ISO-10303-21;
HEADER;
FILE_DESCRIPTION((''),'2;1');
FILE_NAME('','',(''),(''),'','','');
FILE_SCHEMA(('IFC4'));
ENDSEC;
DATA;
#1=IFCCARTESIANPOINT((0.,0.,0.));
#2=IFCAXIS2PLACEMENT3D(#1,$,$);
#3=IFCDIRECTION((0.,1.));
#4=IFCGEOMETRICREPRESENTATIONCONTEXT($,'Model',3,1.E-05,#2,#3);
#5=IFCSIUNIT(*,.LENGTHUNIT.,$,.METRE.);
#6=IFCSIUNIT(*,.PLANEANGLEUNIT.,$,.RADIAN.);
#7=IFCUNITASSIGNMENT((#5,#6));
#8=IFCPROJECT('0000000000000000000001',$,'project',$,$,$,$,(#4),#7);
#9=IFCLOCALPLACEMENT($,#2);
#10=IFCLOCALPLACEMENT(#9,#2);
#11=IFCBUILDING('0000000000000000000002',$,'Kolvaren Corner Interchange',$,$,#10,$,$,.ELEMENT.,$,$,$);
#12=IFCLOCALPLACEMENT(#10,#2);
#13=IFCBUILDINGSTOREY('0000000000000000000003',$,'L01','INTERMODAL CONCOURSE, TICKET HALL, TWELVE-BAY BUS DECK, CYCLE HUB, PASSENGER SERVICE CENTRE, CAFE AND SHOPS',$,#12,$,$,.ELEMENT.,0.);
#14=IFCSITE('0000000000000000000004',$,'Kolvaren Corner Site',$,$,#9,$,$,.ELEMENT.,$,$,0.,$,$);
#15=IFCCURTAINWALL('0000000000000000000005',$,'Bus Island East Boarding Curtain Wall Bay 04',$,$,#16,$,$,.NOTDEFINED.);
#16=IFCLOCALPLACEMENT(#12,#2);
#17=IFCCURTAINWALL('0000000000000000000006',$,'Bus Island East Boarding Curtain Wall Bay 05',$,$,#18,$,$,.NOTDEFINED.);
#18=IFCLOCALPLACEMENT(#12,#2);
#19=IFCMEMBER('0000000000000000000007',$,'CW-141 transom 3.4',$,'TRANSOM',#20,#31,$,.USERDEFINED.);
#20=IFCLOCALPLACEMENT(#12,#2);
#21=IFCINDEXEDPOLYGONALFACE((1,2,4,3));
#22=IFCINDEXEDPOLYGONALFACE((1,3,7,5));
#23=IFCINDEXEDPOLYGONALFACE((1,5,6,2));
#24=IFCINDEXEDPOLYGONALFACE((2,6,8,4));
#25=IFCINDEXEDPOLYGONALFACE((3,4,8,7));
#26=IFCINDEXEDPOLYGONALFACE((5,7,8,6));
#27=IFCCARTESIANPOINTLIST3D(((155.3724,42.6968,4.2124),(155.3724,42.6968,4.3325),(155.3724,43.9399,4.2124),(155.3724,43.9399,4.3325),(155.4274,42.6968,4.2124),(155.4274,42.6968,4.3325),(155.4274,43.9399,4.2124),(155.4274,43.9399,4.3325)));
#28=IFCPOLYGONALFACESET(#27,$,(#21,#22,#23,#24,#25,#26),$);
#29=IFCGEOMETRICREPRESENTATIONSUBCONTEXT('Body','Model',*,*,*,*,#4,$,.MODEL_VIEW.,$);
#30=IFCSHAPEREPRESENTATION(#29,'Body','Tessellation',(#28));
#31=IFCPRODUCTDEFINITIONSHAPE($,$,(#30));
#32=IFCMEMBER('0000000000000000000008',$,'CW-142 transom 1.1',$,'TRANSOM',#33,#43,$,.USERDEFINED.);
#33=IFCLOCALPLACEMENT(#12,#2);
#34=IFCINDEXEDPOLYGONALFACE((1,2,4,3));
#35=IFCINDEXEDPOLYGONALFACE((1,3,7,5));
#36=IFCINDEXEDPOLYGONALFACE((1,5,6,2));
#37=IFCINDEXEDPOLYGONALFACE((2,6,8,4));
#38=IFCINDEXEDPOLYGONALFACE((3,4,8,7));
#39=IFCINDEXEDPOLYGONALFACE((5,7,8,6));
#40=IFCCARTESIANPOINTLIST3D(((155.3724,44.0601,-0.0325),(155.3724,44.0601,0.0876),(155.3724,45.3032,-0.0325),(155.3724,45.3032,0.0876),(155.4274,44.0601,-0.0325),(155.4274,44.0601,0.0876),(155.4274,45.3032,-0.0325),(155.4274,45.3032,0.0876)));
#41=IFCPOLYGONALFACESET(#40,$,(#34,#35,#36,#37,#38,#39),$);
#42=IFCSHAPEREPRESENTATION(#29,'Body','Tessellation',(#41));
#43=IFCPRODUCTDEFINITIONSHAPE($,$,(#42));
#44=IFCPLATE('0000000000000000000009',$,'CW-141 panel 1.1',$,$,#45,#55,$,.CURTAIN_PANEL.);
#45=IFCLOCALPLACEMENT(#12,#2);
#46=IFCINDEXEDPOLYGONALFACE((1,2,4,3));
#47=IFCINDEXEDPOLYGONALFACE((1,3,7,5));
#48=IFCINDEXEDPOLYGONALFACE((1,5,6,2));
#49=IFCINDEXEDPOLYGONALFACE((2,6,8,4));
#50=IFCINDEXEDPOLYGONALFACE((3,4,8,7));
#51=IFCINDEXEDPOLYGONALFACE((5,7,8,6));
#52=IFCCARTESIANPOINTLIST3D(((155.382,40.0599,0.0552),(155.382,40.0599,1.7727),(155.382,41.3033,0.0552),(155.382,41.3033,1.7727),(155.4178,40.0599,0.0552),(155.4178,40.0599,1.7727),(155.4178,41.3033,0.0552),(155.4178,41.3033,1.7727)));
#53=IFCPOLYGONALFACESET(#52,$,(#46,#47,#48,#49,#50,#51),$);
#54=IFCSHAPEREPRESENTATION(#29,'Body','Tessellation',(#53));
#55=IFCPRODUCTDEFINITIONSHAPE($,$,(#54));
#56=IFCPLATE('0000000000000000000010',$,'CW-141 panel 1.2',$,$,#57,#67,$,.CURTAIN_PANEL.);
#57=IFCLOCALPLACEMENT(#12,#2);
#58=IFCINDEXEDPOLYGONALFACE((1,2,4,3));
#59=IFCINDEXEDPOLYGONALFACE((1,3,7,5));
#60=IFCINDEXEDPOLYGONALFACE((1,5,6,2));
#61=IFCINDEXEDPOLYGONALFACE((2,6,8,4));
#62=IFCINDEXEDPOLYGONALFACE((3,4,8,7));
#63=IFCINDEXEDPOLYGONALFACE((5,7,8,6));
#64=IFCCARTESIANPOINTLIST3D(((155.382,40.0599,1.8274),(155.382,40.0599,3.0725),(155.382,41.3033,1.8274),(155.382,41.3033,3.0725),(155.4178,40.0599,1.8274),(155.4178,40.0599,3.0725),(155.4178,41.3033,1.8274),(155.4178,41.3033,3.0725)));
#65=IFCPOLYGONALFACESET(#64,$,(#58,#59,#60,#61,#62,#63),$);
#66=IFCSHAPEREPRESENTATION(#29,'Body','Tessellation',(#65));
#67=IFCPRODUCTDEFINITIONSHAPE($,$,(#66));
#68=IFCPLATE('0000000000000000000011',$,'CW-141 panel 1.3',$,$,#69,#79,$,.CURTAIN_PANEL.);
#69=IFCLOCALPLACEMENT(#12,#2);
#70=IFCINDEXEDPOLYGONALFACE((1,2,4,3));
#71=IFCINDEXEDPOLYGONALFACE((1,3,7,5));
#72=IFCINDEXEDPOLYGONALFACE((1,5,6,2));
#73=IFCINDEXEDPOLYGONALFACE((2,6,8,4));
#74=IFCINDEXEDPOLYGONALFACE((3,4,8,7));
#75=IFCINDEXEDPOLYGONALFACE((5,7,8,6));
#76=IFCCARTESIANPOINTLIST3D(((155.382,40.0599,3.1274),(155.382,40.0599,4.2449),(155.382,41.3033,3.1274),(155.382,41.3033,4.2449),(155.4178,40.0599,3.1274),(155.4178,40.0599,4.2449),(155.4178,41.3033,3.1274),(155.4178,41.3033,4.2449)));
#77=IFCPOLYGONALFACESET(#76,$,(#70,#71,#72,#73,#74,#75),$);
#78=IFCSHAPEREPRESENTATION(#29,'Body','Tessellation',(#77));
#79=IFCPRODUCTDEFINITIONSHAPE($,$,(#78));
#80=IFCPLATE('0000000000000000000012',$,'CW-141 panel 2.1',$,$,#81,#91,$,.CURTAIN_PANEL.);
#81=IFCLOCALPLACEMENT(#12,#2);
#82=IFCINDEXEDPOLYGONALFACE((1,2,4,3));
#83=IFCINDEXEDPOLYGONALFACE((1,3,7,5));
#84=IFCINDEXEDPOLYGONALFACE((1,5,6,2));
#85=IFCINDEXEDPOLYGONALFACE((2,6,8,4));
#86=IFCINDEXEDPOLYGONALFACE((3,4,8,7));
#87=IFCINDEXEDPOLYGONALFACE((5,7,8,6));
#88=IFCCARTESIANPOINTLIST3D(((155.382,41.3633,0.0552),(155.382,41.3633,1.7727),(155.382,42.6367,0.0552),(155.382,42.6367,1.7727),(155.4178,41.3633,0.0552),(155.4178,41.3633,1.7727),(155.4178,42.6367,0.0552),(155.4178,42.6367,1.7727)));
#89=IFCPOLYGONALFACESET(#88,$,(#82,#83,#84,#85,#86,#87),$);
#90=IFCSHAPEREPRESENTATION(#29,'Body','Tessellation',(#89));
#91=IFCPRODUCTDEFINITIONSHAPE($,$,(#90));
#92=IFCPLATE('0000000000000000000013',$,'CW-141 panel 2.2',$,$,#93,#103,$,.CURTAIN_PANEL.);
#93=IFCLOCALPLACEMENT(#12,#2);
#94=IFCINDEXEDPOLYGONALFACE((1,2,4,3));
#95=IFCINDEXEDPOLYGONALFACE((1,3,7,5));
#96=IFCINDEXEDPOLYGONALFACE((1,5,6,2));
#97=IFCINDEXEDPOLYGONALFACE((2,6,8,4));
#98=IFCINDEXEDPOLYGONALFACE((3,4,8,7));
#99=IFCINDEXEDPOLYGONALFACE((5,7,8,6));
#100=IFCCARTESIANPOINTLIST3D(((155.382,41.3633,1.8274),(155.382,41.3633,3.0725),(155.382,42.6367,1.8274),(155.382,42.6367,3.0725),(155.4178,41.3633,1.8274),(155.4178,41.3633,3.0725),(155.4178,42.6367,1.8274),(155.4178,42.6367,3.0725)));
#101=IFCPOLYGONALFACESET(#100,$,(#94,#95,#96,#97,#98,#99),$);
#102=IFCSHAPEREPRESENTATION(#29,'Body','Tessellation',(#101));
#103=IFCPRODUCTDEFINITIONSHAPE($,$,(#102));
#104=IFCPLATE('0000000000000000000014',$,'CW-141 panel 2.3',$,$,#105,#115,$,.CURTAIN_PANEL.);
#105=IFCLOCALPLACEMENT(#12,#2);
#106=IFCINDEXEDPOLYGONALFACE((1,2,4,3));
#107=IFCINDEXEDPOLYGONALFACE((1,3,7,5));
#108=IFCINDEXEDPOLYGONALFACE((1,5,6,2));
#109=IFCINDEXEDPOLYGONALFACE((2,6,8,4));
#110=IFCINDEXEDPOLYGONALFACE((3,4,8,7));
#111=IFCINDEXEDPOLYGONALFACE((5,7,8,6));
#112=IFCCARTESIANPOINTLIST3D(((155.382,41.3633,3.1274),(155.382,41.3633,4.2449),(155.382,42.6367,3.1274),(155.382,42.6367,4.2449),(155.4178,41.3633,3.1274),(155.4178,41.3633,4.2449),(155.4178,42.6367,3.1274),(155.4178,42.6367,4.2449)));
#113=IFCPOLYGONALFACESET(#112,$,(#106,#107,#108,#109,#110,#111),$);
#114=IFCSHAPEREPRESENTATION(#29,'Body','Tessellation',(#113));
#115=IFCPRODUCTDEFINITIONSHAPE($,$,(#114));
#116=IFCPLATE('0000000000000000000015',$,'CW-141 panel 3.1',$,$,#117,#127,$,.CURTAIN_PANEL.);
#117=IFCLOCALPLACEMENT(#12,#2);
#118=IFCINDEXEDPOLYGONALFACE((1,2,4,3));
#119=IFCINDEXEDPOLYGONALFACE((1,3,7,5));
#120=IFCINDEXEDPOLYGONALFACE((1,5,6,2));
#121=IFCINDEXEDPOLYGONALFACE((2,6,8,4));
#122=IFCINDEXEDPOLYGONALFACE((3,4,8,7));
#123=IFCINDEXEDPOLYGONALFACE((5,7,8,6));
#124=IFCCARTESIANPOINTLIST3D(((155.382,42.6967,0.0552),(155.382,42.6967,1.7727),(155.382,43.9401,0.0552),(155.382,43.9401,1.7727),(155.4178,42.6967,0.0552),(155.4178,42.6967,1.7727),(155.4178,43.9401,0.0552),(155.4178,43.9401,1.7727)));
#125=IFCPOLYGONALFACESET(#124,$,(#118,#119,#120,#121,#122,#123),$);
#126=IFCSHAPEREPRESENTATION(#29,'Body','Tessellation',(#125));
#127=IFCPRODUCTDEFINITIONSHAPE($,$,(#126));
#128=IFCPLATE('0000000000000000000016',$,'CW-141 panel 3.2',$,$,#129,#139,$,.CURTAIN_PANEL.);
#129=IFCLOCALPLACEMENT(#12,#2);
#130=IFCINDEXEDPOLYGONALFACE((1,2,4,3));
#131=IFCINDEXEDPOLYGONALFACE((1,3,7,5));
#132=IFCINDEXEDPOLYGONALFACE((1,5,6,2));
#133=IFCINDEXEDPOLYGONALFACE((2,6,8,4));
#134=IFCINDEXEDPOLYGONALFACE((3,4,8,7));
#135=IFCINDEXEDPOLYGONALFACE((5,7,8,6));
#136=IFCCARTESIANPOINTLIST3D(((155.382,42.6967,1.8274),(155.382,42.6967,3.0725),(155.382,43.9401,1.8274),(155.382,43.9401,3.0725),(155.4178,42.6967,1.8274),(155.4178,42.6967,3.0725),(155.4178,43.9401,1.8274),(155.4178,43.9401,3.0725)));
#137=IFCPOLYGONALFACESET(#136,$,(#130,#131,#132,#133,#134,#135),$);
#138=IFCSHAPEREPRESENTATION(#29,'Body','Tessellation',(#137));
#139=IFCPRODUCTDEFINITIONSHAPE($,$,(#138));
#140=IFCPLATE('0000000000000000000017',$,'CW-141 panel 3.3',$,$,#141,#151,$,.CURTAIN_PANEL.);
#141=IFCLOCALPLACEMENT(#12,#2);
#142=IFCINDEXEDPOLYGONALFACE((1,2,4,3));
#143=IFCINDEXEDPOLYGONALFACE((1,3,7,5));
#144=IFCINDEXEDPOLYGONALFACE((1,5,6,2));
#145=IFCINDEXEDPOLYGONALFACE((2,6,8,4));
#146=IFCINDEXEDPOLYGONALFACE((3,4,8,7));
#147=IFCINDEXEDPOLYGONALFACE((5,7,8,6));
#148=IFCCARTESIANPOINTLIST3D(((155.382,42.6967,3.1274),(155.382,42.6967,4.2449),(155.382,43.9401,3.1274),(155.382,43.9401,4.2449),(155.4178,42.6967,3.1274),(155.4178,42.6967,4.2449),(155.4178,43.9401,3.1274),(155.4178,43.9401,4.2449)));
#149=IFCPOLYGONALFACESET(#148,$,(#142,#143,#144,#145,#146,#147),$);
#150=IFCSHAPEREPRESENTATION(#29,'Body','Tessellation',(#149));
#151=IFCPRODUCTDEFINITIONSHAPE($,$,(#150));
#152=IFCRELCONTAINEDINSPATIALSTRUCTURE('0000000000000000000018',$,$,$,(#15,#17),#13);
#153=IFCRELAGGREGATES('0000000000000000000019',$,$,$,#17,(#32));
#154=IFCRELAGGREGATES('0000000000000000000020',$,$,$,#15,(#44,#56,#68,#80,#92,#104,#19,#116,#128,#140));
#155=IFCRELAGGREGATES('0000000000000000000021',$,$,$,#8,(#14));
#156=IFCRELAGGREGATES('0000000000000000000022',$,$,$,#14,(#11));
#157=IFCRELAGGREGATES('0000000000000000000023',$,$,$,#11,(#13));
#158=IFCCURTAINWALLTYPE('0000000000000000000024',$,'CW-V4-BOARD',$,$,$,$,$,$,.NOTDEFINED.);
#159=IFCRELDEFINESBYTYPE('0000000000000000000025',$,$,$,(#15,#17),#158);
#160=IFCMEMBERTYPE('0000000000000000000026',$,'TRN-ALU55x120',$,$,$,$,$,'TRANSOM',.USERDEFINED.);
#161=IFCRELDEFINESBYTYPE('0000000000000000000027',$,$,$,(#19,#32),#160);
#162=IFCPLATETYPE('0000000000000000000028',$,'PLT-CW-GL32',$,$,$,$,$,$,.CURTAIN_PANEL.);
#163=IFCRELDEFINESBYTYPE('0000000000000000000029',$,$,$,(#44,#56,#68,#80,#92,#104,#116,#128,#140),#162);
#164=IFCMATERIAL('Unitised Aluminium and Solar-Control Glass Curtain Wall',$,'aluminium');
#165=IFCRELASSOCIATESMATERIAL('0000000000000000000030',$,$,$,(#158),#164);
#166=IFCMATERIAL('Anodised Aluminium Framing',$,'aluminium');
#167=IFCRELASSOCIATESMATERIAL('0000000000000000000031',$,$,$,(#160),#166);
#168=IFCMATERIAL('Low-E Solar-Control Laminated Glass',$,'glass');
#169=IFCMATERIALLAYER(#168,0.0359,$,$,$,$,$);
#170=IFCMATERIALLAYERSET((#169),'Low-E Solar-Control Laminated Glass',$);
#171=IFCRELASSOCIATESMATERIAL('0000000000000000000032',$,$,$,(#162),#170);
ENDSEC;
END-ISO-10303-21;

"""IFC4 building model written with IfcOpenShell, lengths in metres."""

from ifc_helpers import new_model, si_unit, direction, frame, origin, origin_2d, place, context, subcontext, project, spatial, rectangle, extrude, material, layer, layer_set, material_profile, profile_set, type_object, element, aggregate, save


model = new_model("IFC4")

# Units and contexts
model_context = context("Model", 3, precision=1e-05, world=origin(), true_north=direction((0.0, 1.0)))
body_context = subcontext(model_context, "Body", "Model", "MODEL_VIEW")
ifc_project = project(units=[si_unit("LENGTHUNIT", "METRE"), si_unit("PLANEANGLEUNIT", "RADIAN")], contexts=[model_context])

# Site, building, storey
site_placement = place(None, origin())
site = spatial("IfcSite", under=ifc_project, at=site_placement, Name="Kolvaren Corner Site", CompositionType="ELEMENT", RefElevation=0.0)
building_placement = place(site_placement, origin())
building = spatial("IfcBuilding", under=site, at=building_placement, Name="Kolvaren Corner Interchange", CompositionType="ELEMENT")
storey_placement = place(building_placement, origin())
storey = spatial("IfcBuildingStorey", under=building, at=storey_placement, Name="L01", Description="INTERMODAL CONCOURSE, TICKET HALL, TWELVE-BAY BUS DECK, CYCLE HUB, PASSENGER SERVICE CENTRE, CAFE AND SHOPS", CompositionType="ELEMENT", Elevation=0.0)

# Curtain wall
ifc_material_1 = material(Name="Unitised Aluminium and Solar-Control Glass Curtain Wall", Category="aluminium")
curtain_wall_type = type_object("IfcCurtainWallType", Name="CW-V4-BOARD", PredefinedType="NOTDEFINED", material=ifc_material_1)
curtain_wall_1_placement = place(storey_placement, origin())
curtain_wall_1 = element("IfcCurtainWall", 1, at=curtain_wall_1_placement, inside=storey, type_object=curtain_wall_type, Name="Bus Island East Boarding Curtain Wall Bay 04", PredefinedType="NOTDEFINED")

# Curtain wall
curtain_wall_2_placement = place(storey_placement, origin())
curtain_wall_2 = element("IfcCurtainWall", 2, at=curtain_wall_2_placement, inside=storey, type_object=curtain_wall_type, Name="Bus Island East Boarding Curtain Wall Bay 05", PredefinedType="NOTDEFINED")

# Members
ifc_material_2 = material(Name="Anodised Aluminium Framing", Category="aluminium")
ifc_material_profile_1 = material_profile(ifc_material_2, rectangle(XDim=0.0549, YDim=0.1201, at=origin_2d()), Name="ALU 55x120")
ifc_profile_set_1 = profile_set([ifc_material_profile_1], Name="Anodised Aluminium Framing")
member_type_1 = type_object("IfcMemberType", Name="TRN-ALU55x120", ElementType="TRANSOM", PredefinedType="USERDEFINED", material=ifc_profile_set_1)
member_1_placement = place(storey_placement, frame((155.3999, 42.6968, 4.2725), z_axis=(0.0, 1.0, 0.0), x_axis=(-1.0, 0.0, 0.0)))
member_1 = element("IfcMember", 3, at=member_1_placement, type_object=member_type_1, Name="CW-141 transom 3.4", ObjectType="TRANSOM", PredefinedType="USERDEFINED", context=body_context, shape_type="SweptSolid", body=[
    extrude(rectangle(XDim=0.0549, YDim=0.1201, at=origin_2d()), origin(), (0.0, 0.0, 1.0), 1.2432),
])
member_2_placement = place(storey_placement, frame((155.3999, 44.0601, 0.0276), z_axis=(0.0, 1.0, 0.0), x_axis=(-1.0, 0.0, 0.0)))
member_2 = element("IfcMember", 4, at=member_2_placement, type_object=member_type_1, Name="CW-142 transom 1.1", ObjectType="TRANSOM", PredefinedType="USERDEFINED", context=body_context, shape_type="SweptSolid", body=[
    extrude(rectangle(XDim=0.0549, YDim=0.1201, at=origin_2d()), origin(), (0.0, 0.0, 1.0), 1.2432),
])
aggregate(curtain_wall_2, [member_2])

# Plates
ifc_material_3 = material(Name="Low-E Solar-Control Laminated Glass", Category="glass")
ifc_layer = layer(ifc_material_3, 0.0359)
ifc_layer_set = layer_set([ifc_layer], Name="Low-E Solar-Control Laminated Glass")
plate_type = type_object("IfcPlateType", Name="PLT-CW-GL32", PredefinedType="CURTAIN_PANEL", material=ifc_layer_set)
plate_1_placement = place(storey_placement, frame((155.3999, 40.6816, 0.0552), z_axis=(0.0, 0.0, 1.0), x_axis=(0.0, 1.0, 0.0)))
plate_1 = element("IfcPlate", 5, at=plate_1_placement, type_object=plate_type, Name="CW-141 panel 1.1", PredefinedType="CURTAIN_PANEL", context=body_context, shape_type="SweptSolid", body=[
    extrude(rectangle(XDim=1.2434, YDim=0.0359, at=origin_2d()), origin(), (0.0, 0.0, 1.0), 1.7175),
])
plate_2_placement = place(storey_placement, frame((155.3999, 40.6816, 1.8274), z_axis=(0.0, 0.0, 1.0), x_axis=(0.0, 1.0, 0.0)))
plate_2 = element("IfcPlate", 6, at=plate_2_placement, type_object=plate_type, Name="CW-141 panel 1.2", PredefinedType="CURTAIN_PANEL", context=body_context, shape_type="SweptSolid", body=[
    extrude(rectangle(XDim=1.2434, YDim=0.0359, at=origin_2d()), origin(), (0.0, 0.0, 1.0), 1.2451),
])
plate_3_placement = place(storey_placement, frame((155.3999, 40.6816, 3.1274), z_axis=(0.0, 0.0, 1.0), x_axis=(0.0, 1.0, 0.0)))
plate_3 = element("IfcPlate", 7, at=plate_3_placement, type_object=plate_type, Name="CW-141 panel 1.3", PredefinedType="CURTAIN_PANEL", context=body_context, shape_type="SweptSolid", body=[
    extrude(rectangle(XDim=1.2434, YDim=0.0359, at=origin_2d()), origin(), (0.0, 0.0, 1.0), 1.1174),
])
plate_4_placement = place(storey_placement, frame((155.3999, 42.0, 0.0552), z_axis=(0.0, 0.0, 1.0), x_axis=(0.0, 1.0, 0.0)))
plate_4 = element("IfcPlate", 8, at=plate_4_placement, type_object=plate_type, Name="CW-141 panel 2.1", PredefinedType="CURTAIN_PANEL", context=body_context, shape_type="SweptSolid", body=[
    extrude(rectangle(XDim=1.2734, YDim=0.0359, at=origin_2d()), origin(), (0.0, 0.0, 1.0), 1.7175),
])
plate_5_placement = place(storey_placement, frame((155.3999, 42.0, 1.8274), z_axis=(0.0, 0.0, 1.0), x_axis=(0.0, 1.0, 0.0)))
plate_5 = element("IfcPlate", 9, at=plate_5_placement, type_object=plate_type, Name="CW-141 panel 2.2", PredefinedType="CURTAIN_PANEL", context=body_context, shape_type="SweptSolid", body=[
    extrude(rectangle(XDim=1.2734, YDim=0.0359, at=origin_2d()), origin(), (0.0, 0.0, 1.0), 1.2451),
])
plate_6_placement = place(storey_placement, frame((155.3999, 42.0, 3.1274), z_axis=(0.0, 0.0, 1.0), x_axis=(0.0, 1.0, 0.0)))
plate_6 = element("IfcPlate", 10, at=plate_6_placement, type_object=plate_type, Name="CW-141 panel 2.3", PredefinedType="CURTAIN_PANEL", context=body_context, shape_type="SweptSolid", body=[
    extrude(rectangle(XDim=1.2734, YDim=0.0359, at=origin_2d()), origin(), (0.0, 0.0, 1.0), 1.1174),
])
plate_7_placement = place(storey_placement, frame((155.3999, 43.3184, 0.0552), z_axis=(0.0, 0.0, 1.0), x_axis=(0.0, 1.0, 0.0)))
plate_7 = element("IfcPlate", 11, at=plate_7_placement, type_object=plate_type, Name="CW-141 panel 3.1", PredefinedType="CURTAIN_PANEL", context=body_context, shape_type="SweptSolid", body=[
    extrude(rectangle(XDim=1.2434, YDim=0.0359, at=origin_2d()), origin(), (0.0, 0.0, 1.0), 1.7175),
])
plate_8_placement = place(storey_placement, frame((155.3999, 43.3184, 1.8274), z_axis=(0.0, 0.0, 1.0), x_axis=(0.0, 1.0, 0.0)))
plate_8 = element("IfcPlate", 12, at=plate_8_placement, type_object=plate_type, Name="CW-141 panel 3.2", PredefinedType="CURTAIN_PANEL", context=body_context, shape_type="SweptSolid", body=[
    extrude(rectangle(XDim=1.2434, YDim=0.0359, at=origin_2d()), origin(), (0.0, 0.0, 1.0), 1.2451),
])
plate_9_placement = place(storey_placement, frame((155.3999, 43.3184, 3.1274), z_axis=(0.0, 0.0, 1.0), x_axis=(0.0, 1.0, 0.0)))
plate_9 = element("IfcPlate", 13, at=plate_9_placement, type_object=plate_type, Name="CW-141 panel 3.3", PredefinedType="CURTAIN_PANEL", context=body_context, shape_type="SweptSolid", body=[
    extrude(rectangle(XDim=1.2434, YDim=0.0359, at=origin_2d()), origin(), (0.0, 0.0, 1.0), 1.1174),
])
aggregate(curtain_wall_1, [plate_1, plate_2, plate_3, plate_4, plate_5, plate_6, member_1, plate_7, plate_8, plate_9])

save(model, "model.ifc")
